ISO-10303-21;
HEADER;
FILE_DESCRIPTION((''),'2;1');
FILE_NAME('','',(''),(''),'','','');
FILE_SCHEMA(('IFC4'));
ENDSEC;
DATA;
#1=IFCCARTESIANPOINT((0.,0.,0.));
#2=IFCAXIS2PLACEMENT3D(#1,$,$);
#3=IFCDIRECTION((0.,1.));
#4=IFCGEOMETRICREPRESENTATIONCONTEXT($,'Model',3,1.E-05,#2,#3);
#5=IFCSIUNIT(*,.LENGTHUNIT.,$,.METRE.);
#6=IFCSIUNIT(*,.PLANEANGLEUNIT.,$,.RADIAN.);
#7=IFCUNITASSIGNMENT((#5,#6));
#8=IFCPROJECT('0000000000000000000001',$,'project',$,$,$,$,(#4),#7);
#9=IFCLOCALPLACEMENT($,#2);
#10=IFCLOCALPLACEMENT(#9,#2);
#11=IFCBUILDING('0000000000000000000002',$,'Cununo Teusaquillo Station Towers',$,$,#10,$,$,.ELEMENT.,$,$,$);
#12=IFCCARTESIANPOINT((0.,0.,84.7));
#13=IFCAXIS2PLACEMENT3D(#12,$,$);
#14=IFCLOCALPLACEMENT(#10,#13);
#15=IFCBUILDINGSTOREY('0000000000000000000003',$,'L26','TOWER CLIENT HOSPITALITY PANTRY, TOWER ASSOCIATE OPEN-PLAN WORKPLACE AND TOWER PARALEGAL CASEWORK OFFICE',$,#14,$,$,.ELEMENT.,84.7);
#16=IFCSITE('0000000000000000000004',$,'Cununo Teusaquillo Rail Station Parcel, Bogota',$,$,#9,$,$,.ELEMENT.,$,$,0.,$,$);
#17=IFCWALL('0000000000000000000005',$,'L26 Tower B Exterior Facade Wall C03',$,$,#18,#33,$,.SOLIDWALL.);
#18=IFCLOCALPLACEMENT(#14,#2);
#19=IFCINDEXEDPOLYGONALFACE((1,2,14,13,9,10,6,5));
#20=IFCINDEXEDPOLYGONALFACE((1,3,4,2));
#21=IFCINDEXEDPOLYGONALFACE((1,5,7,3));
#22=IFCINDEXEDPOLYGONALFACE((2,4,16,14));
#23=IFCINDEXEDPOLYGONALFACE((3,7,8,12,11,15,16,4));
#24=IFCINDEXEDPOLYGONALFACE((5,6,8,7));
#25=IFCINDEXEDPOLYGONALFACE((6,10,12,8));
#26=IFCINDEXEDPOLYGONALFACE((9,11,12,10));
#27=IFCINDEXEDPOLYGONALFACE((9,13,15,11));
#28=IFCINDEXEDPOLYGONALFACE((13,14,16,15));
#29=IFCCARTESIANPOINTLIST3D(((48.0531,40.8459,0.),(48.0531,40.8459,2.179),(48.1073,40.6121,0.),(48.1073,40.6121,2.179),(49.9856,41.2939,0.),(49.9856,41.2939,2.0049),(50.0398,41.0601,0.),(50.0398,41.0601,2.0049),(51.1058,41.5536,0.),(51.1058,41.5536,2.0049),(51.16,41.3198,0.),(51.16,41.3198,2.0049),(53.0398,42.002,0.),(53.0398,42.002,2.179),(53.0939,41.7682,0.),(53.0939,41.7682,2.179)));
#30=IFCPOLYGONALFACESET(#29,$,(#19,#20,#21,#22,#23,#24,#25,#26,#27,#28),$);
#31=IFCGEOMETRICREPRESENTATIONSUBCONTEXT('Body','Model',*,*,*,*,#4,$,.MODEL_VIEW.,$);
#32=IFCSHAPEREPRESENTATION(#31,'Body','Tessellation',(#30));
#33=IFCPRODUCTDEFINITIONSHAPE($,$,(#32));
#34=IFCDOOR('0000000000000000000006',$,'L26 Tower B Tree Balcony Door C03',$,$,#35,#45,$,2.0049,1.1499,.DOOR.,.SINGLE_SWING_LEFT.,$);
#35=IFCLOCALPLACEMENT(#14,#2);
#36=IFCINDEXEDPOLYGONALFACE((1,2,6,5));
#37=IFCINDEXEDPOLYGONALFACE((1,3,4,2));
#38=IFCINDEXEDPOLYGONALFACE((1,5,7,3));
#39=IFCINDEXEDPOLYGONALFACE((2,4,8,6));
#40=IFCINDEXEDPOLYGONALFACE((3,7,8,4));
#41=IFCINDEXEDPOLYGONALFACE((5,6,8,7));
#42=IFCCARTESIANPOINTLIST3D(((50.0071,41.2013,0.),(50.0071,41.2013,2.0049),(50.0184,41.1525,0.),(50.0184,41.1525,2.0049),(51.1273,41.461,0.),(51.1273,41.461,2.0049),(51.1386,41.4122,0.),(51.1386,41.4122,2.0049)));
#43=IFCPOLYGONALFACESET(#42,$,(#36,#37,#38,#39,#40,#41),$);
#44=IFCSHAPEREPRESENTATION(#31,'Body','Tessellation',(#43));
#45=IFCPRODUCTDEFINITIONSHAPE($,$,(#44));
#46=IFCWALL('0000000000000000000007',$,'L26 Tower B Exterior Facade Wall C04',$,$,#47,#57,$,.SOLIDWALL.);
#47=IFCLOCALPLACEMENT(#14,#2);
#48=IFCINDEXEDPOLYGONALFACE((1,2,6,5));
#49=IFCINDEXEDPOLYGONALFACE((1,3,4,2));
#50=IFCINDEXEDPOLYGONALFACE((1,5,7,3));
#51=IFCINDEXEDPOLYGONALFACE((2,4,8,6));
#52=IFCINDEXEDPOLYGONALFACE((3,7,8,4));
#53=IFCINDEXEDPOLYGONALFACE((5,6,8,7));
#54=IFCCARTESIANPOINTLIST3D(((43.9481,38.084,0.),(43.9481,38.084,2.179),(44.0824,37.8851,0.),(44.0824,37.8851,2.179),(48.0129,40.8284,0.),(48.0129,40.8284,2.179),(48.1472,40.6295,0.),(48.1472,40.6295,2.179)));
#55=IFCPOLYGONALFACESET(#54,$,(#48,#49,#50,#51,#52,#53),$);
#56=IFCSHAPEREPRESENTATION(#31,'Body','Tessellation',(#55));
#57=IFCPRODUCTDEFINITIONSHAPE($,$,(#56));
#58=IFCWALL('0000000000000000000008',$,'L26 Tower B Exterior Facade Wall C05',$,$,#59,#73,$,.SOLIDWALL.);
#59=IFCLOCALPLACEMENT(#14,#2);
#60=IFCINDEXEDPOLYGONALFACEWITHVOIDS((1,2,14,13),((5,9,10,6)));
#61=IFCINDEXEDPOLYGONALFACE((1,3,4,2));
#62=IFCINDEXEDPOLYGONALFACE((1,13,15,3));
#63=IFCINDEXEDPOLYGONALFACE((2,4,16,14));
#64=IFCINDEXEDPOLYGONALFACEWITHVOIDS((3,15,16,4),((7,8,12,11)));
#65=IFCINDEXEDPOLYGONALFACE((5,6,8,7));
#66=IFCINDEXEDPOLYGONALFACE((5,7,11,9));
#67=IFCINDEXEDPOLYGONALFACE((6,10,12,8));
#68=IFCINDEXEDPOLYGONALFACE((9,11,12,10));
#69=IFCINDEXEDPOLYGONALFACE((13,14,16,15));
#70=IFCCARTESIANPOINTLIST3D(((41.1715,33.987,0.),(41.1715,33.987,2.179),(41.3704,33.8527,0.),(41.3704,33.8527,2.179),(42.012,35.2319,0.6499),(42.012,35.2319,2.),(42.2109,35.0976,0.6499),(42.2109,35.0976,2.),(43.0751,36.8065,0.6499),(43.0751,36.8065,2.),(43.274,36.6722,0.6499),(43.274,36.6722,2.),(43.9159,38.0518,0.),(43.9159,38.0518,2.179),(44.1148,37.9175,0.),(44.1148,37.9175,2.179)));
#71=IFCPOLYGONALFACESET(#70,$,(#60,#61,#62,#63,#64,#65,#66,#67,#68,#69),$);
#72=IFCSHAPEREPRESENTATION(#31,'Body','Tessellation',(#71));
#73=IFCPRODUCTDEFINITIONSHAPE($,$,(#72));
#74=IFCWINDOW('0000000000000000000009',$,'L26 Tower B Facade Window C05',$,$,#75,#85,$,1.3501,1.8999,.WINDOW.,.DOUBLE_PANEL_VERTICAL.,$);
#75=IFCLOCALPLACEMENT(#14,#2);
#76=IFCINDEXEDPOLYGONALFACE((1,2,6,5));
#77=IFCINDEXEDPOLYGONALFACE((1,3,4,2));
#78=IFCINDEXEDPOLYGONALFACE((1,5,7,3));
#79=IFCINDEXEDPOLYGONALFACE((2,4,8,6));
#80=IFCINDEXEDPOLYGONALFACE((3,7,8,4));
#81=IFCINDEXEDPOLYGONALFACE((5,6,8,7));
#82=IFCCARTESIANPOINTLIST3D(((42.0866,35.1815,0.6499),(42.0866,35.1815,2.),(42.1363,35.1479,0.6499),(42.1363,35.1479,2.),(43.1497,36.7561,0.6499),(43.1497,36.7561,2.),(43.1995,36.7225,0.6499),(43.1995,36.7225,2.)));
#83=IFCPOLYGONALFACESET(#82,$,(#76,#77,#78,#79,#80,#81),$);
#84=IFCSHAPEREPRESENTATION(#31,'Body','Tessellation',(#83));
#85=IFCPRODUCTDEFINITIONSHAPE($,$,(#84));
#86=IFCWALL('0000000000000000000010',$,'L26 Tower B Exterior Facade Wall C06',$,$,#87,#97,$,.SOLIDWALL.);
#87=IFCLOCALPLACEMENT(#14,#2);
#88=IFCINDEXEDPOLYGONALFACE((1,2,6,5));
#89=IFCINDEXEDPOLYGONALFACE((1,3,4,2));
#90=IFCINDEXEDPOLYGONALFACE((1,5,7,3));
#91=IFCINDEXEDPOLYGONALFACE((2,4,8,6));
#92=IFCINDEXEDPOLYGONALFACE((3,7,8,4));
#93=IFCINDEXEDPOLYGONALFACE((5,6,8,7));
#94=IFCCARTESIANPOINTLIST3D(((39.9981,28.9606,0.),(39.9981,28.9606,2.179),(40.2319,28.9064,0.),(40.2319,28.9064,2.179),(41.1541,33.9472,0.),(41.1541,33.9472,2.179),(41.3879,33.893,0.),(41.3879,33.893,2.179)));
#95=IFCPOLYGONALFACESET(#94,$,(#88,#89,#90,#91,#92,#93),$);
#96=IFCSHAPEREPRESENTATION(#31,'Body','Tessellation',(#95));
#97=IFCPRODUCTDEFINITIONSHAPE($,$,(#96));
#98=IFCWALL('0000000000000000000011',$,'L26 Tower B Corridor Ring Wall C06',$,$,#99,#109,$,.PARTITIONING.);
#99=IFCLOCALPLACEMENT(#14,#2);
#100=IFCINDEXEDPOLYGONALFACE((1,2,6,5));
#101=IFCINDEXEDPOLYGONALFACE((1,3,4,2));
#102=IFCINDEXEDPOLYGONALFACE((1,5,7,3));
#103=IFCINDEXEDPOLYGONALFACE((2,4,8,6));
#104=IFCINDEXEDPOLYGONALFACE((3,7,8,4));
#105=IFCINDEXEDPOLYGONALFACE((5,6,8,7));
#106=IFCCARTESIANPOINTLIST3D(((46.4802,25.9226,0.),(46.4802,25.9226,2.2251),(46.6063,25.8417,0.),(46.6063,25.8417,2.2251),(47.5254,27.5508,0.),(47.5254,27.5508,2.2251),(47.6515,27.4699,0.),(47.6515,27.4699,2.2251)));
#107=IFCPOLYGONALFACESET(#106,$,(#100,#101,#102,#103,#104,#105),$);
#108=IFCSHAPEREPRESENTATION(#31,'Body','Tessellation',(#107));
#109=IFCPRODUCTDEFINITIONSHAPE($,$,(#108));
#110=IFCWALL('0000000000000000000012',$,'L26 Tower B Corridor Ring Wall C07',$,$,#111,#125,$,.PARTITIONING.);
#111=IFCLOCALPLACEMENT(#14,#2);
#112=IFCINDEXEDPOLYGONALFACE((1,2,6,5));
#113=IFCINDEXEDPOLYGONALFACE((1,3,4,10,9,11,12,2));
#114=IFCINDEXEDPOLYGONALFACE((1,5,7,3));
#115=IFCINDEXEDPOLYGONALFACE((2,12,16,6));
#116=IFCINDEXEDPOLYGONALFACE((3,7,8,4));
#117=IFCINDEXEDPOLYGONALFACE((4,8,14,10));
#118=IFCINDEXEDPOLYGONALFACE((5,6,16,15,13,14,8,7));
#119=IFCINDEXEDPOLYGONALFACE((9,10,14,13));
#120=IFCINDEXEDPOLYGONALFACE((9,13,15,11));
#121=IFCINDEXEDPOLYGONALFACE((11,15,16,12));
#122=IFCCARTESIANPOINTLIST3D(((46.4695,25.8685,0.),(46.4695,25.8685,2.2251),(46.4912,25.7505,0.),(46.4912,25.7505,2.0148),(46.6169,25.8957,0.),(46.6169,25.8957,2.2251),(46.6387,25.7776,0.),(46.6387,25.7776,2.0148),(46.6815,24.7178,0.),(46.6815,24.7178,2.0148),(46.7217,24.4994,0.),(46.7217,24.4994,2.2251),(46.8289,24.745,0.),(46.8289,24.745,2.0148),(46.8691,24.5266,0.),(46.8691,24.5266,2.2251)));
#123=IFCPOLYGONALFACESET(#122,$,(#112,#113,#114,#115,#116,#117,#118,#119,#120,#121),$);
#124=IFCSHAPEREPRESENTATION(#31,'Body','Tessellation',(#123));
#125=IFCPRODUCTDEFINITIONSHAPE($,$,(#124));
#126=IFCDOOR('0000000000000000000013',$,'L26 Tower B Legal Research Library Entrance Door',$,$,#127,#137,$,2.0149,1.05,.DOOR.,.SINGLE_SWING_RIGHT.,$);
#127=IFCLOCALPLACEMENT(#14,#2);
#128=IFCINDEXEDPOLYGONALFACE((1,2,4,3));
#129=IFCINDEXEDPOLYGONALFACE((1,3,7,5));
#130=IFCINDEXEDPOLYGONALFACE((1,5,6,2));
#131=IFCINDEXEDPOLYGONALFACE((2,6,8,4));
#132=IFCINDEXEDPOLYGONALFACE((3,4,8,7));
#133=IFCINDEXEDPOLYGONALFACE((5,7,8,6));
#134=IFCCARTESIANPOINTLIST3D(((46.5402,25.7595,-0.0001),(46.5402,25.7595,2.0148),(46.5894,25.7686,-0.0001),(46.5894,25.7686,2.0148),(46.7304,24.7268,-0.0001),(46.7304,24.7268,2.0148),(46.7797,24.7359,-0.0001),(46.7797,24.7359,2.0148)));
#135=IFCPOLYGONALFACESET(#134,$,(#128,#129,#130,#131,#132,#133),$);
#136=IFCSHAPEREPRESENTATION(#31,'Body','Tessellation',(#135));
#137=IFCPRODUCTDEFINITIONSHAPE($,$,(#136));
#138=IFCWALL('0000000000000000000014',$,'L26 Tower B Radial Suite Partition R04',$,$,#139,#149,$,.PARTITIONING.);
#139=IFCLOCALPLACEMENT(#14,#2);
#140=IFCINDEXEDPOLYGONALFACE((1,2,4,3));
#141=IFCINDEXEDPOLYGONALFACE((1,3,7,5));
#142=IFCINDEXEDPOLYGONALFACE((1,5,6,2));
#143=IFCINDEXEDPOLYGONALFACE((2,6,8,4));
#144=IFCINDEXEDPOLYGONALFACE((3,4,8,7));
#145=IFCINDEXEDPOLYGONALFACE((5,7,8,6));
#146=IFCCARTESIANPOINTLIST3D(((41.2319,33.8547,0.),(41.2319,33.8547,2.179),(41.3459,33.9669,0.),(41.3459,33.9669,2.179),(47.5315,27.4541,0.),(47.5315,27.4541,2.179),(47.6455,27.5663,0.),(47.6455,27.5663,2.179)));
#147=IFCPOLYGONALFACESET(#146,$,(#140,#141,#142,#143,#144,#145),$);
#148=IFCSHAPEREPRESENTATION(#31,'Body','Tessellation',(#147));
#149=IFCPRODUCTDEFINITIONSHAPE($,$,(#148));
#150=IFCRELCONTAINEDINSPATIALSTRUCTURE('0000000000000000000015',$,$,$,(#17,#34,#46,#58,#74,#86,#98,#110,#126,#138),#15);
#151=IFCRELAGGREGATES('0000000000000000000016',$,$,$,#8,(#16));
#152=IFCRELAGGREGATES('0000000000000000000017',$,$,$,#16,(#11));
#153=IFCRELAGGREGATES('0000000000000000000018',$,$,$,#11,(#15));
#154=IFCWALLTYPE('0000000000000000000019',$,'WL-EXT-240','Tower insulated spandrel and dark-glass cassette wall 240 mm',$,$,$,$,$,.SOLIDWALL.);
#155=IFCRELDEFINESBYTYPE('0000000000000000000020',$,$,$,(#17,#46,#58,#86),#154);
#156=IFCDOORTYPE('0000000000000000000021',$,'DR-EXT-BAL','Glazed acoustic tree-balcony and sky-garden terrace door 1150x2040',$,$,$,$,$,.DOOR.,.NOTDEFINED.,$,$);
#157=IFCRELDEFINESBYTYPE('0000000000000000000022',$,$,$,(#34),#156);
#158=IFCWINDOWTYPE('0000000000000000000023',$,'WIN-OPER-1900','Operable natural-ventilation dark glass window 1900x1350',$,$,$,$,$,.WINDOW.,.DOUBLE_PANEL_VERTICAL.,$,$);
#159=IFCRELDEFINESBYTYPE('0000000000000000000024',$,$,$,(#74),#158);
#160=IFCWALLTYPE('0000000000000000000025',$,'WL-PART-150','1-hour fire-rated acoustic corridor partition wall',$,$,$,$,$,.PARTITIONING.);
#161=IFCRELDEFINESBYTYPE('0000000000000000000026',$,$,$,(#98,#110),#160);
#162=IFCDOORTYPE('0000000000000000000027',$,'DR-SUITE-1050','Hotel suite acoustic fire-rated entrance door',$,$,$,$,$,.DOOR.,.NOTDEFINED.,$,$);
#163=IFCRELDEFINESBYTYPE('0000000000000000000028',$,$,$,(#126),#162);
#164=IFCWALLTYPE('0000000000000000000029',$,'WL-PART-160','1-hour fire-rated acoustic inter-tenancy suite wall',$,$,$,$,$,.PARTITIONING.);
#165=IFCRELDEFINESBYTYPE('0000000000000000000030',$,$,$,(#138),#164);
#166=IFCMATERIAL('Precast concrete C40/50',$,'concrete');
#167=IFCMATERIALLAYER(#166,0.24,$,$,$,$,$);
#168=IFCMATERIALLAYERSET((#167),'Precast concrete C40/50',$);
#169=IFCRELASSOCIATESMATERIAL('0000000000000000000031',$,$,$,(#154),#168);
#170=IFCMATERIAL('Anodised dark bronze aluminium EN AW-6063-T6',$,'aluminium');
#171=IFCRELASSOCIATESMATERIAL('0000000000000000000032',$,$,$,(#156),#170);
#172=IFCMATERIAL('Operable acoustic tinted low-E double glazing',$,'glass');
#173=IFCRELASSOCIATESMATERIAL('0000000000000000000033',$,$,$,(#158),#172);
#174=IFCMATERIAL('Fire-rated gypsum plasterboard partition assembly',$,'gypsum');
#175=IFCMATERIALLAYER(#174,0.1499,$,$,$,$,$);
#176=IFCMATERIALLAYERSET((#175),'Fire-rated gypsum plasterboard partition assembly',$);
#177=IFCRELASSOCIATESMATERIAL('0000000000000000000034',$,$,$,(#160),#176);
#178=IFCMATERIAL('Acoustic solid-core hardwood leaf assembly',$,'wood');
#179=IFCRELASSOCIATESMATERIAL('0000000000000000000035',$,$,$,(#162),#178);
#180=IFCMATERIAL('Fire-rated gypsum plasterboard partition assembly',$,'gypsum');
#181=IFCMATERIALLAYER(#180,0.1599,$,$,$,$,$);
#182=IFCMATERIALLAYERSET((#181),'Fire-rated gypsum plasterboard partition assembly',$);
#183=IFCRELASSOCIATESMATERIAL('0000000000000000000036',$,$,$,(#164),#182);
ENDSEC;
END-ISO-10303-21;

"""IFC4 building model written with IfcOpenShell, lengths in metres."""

from ifc_helpers import new_model, si_unit, direction, frame, frame_2d, origin, place, context, subcontext, project, spatial, rectangle, extrude, source, transform, mapped, material, layer, layer_set, type_object, element, fill, save


model = new_model("IFC4")

# Units and contexts
model_context = context("Model", 3, precision=1e-05, world=origin(), true_north=direction((0.0, 1.0)))
body_context = subcontext(model_context, "Body", "Model", "MODEL_VIEW")
ifc_project = project(units=[si_unit("LENGTHUNIT", "METRE"), si_unit("PLANEANGLEUNIT", "RADIAN")], contexts=[model_context])

# Site, building, storey
site_placement = place(None, origin())
site = spatial("IfcSite", under=ifc_project, at=site_placement, Name="Cununo Teusaquillo Rail Station Parcel, Bogota", CompositionType="ELEMENT", RefElevation=0.0)
building_placement = place(site_placement, origin())
building = spatial("IfcBuilding", under=site, at=building_placement, Name="Cununo Teusaquillo Station Towers", CompositionType="ELEMENT")
storey_placement = place(building_placement, frame((0.0, 0.0, 84.7)))
storey = spatial("IfcBuildingStorey", under=building, at=storey_placement, Name="L26", Description="TOWER CLIENT HOSPITALITY PANTRY, TOWER ASSOCIATE OPEN-PLAN WORKPLACE AND TOWER PARALEGAL CASEWORK OFFICE", CompositionType="ELEMENT", Elevation=84.7)

# Wall, opening, door
ifc_material_1 = material(Name="Precast concrete C40/50", Category="concrete")
ifc_layer_1 = layer(ifc_material_1, 0.24)
ifc_layer_set_1 = layer_set([ifc_layer_1], Name="Precast concrete C40/50")
wall_type_1 = type_object("IfcWallType", Name="WL-EXT-240", Description="Tower insulated spandrel and dark-glass cassette wall 240 mm", PredefinedType="SOLIDWALL", material=ifc_layer_set_1)
wall_1_placement = place(storey_placement, frame((48.0801, 40.729, 0.0), z_axis=(0.0, 0.0, 1.0), x_axis=(0.974166, 0.225835, 0.0)))
wall_1 = element("IfcWall", 1, at=wall_1_placement, inside=storey, type_object=wall_type_1, Name="L26 Tower B Exterior Facade Wall C03", PredefinedType="SOLIDWALL", context=body_context, shape_type="SweptSolid", body=[
    extrude(rectangle(XDim=5.1189, YDim=0.24, at=frame_2d((2.5596, 0.0))), origin(), (0.0, 0.0, 1.0), 2.179),
])
shared_shape_1 = source(origin(), body_context, "Body", "SweptSolid", [
    extrude(rectangle(XDim=1.1499, YDim=2.0049, at=frame_2d((0.575, 1.0024))), frame((0.0, 0.1299, 0.0), z_axis=(0.0, -1.0, 0.0), x_axis=(1.0, 0.0, 0.0)), (0.0, 0.0, 1.0), 0.26),
])
opening_1_placement = place(wall_1_placement, frame((1.9839, 0.0, 0.0)))
opening_1 = element("IfcOpeningElement", 2, at=opening_1_placement, cuts=wall_1, PredefinedType="OPENING", context=body_context, shape_type="MappedRepresentation", body=[
    mapped(shared_shape_1, transform((0.0, 0.0, 0.0), x_axis=(1.0, 0.0, 0.0), y_axis=(0.0, 1.0, 0.0), z_axis=(0.0, 0.0, 1.0), scale=1.0)),
])
ifc_material_2 = material(Name="Anodised dark bronze aluminium EN AW-6063-T6", Category="aluminium")
door_type_1 = type_object("IfcDoorType", Name="DR-EXT-BAL", Description="Glazed acoustic tree-balcony and sky-garden terrace door 1150x2040", OperationType="NOTDEFINED", PredefinedType="DOOR", material=ifc_material_2)
shared_shape_2 = source(origin(), body_context, "Body", "SweptSolid", [
    extrude(rectangle(XDim=1.1499, YDim=2.0049, at=frame_2d((0.575, 1.0024))), frame((0.0, 0.0249, 0.0), z_axis=(0.0, -1.0, 0.0), x_axis=(1.0, 0.0, 0.0)), (0.0, 0.0, 1.0), 0.05),
])
door_1_placement = place(opening_1_placement, origin())
door_1 = element("IfcDoor", 3, at=door_1_placement, inside=storey, type_object=door_type_1, Name="L26 Tower B Tree Balcony Door C03", OperationType="SINGLE_SWING_LEFT", OverallHeight=2.0049, OverallWidth=1.1499, PredefinedType="DOOR", context=body_context, shape_type="MappedRepresentation", body=[
    mapped(shared_shape_2, transform((0.0, 0.0, 0.0), x_axis=(1.0, 0.0, 0.0), y_axis=(0.0, 1.0, 0.0), z_axis=(0.0, 0.0, 1.0), scale=1.0)),
])
fill(opening_1, door_1)

# Wall
wall_2_placement = place(storey_placement, frame((44.0154, 37.9846, 0.0), z_axis=(0.0, 0.0, 1.0), x_axis=(0.828781, 0.559573, 0.0)))
element("IfcWall", 4, at=wall_2_placement, inside=storey, type_object=wall_type_1, Name="L26 Tower B Exterior Facade Wall C04", PredefinedType="SOLIDWALL", context=body_context, shape_type="SweptSolid", body=[
    extrude(rectangle(XDim=4.9045, YDim=0.24, at=frame_2d((2.4521, 0.0))), origin(), (0.0, 0.0, 1.0), 2.179),
])

# Wall, opening, window
wall_3_placement = place(storey_placement, frame((41.271, 33.9199, 0.0), z_axis=(0.0, 0.0, 1.0), x_axis=(0.559573, 0.828781, 0.0)))
wall_3 = element("IfcWall", 5, at=wall_3_placement, inside=storey, type_object=wall_type_1, Name="L26 Tower B Exterior Facade Wall C05", PredefinedType="SOLIDWALL", context=body_context, shape_type="SweptSolid", body=[
    extrude(rectangle(XDim=4.9045, YDim=0.24, at=frame_2d((2.4521, 0.0))), origin(), (0.0, 0.0, 1.0), 2.179),
])
shared_shape_3 = source(origin(), body_context, "Body", "SweptSolid", [
    extrude(rectangle(XDim=1.8999, YDim=1.3501, at=frame_2d((0.95, 0.675))), frame((0.0, 0.1299, 0.0), z_axis=(0.0, -1.0, 0.0), x_axis=(1.0, 0.0, 0.0)), (0.0, 0.0, 1.0), 0.26),
])
opening_2_placement = place(wall_3_placement, frame((1.502, 0.0, 0.6499)))
opening_2 = element("IfcOpeningElement", 6, at=opening_2_placement, cuts=wall_3, PredefinedType="OPENING", context=body_context, shape_type="MappedRepresentation", body=[
    mapped(shared_shape_3, transform((0.0, 0.0, 0.0), x_axis=(1.0, 0.0, 0.0), y_axis=(0.0, 1.0, 0.0), z_axis=(0.0, 0.0, 1.0), scale=1.0)),
])
ifc_material_3 = material(Name="Operable acoustic tinted low-E double glazing", Category="glass")
window_type = type_object("IfcWindowType", Name="WIN-OPER-1900", Description="Operable natural-ventilation dark glass window 1900x1350", PartitioningType="DOUBLE_PANEL_VERTICAL", PredefinedType="WINDOW", material=ifc_material_3)
shared_shape_4 = source(origin(), body_context, "Body", "SweptSolid", [
    extrude(rectangle(XDim=1.8999, YDim=1.3501, at=frame_2d((0.95, 0.675))), frame((0.0, 0.03, 0.0), z_axis=(0.0, -1.0, 0.0), x_axis=(1.0, 0.0, 0.0)), (0.0, 0.0, 1.0), 0.0601),
])
window_placement = place(opening_2_placement, origin())
window = element("IfcWindow", 7, at=window_placement, inside=storey, type_object=window_type, Name="L26 Tower B Facade Window C05", OverallHeight=1.3501, OverallWidth=1.8999, PartitioningType="DOUBLE_PANEL_VERTICAL", PredefinedType="WINDOW", context=body_context, shape_type="MappedRepresentation", body=[
    mapped(shared_shape_4, transform((0.0, 0.0, 0.0), x_axis=(1.0, 0.0, 0.0), y_axis=(0.0, 1.0, 0.0), z_axis=(0.0, 0.0, 1.0), scale=1.0)),
])
fill(opening_2, window)

# Walls
wall_4_placement = place(storey_placement, frame((40.115, 28.9333, 0.0), z_axis=(0.0, 0.0, 1.0), x_axis=(0.225835, 0.974166, 0.0)))
element("IfcWall", 8, at=wall_4_placement, inside=storey, type_object=wall_type_1, Name="L26 Tower B Exterior Facade Wall C06", PredefinedType="SOLIDWALL", context=body_context, shape_type="SweptSolid", body=[
    extrude(rectangle(XDim=5.1189, YDim=0.24, at=frame_2d((2.5596, 0.0))), origin(), (0.0, 0.0, 1.0), 2.179),
])
ifc_material_4 = material(Name="Fire-rated gypsum plasterboard partition assembly", Category="gypsum")
ifc_layer_2 = layer(ifc_material_4, 0.1499)
ifc_layer_set_2 = layer_set([ifc_layer_2], Name="Fire-rated gypsum plasterboard partition assembly")
wall_type_2 = type_object("IfcWallType", Name="WL-PART-150", Description="1-hour fire-rated acoustic corridor partition wall", PredefinedType="PARTITIONING", material=ifc_layer_set_2)
wall_5_placement = place(storey_placement, frame((47.5884, 27.5103, 0.0), z_axis=(0.0, 0.0, 1.0), x_axis=(-0.540203, -0.841535, 0.0)))
element("IfcWall", 9, at=wall_5_placement, inside=storey, type_object=wall_type_2, Name="L26 Tower B Corridor Ring Wall C06", PredefinedType="PARTITIONING", context=body_context, shape_type="SweptSolid", body=[
    extrude(rectangle(XDim=1.9348, YDim=0.1499, at=frame_2d((0.9673, 0.0))), origin(), (0.0, 0.0, 1.0), 2.2251),
])

# Wall, opening, door
wall_6_placement = place(storey_placement, frame((46.5432, 25.8821, 0.0), z_axis=(0.0, 0.0, 1.0), x_axis=(0.181154, -0.983455, 0.0)))
wall_6 = element("IfcWall", 10, at=wall_6_placement, inside=storey, type_object=wall_type_2, Name="L26 Tower B Corridor Ring Wall C07", PredefinedType="PARTITIONING", context=body_context, shape_type="SweptSolid", body=[
    extrude(rectangle(XDim=1.3921, YDim=0.1499, at=frame_2d((0.696, 0.0))), origin(), (0.0, 0.0, 1.0), 2.2251),
])
shared_shape_5 = source(origin(), body_context, "Body", "SweptSolid", [
    extrude(rectangle(XDim=1.05, YDim=2.0149, at=frame_2d((0.5249, 1.0073))), frame((0.0, 0.085, 0.0), z_axis=(0.0, -1.0, 0.0), x_axis=(1.0, 0.0, 0.0)), (0.0, 0.0, 1.0), 0.1699),
])
opening_3_placement = place(wall_6_placement, frame((0.1201, 0.0, 0.0)))
opening_3 = element("IfcOpeningElement", 11, at=opening_3_placement, cuts=wall_6, PredefinedType="OPENING", context=body_context, shape_type="MappedRepresentation", body=[
    mapped(shared_shape_5, transform((0.0, 0.0, 0.0), x_axis=(1.0, 0.0, 0.0), y_axis=(0.0, 1.0, 0.0), z_axis=(0.0, 0.0, 1.0), scale=1.0)),
])
ifc_material_5 = material(Name="Acoustic solid-core hardwood leaf assembly", Category="wood")
door_type_2 = type_object("IfcDoorType", Name="DR-SUITE-1050", Description="Hotel suite acoustic fire-rated entrance door", OperationType="NOTDEFINED", PredefinedType="DOOR", material=ifc_material_5)
shared_shape_6 = source(origin(), body_context, "Body", "SweptSolid", [
    extrude(rectangle(XDim=1.05, YDim=2.0149, at=frame_2d((0.5249, 1.0073))), frame((0.0, 0.0249, 0.0), z_axis=(0.0, -1.0, 0.0), x_axis=(1.0, 0.0, 0.0)), (0.0, 0.0, 1.0), 0.05),
])
door_2_placement = place(opening_3_placement, origin())
door_2 = element("IfcDoor", 12, at=door_2_placement, inside=storey, type_object=door_type_2, Name="L26 Tower B Legal Research Library Entrance Door", OperationType="SINGLE_SWING_RIGHT", OverallHeight=2.0149, OverallWidth=1.05, PredefinedType="DOOR", context=body_context, shape_type="MappedRepresentation", body=[
    mapped(shared_shape_6, transform((0.0, 0.0, 0.0), x_axis=(1.0, 0.0, 0.0), y_axis=(0.0, 1.0, 0.0), z_axis=(0.0, 0.0, 1.0), scale=1.0)),
])
fill(opening_3, door_2)

# Wall
ifc_material_6 = material(Name="Fire-rated gypsum plasterboard partition assembly", Category="gypsum")
ifc_layer_3 = layer(ifc_material_6, 0.1599)
ifc_layer_set_3 = layer_set([ifc_layer_3], Name="Fire-rated gypsum plasterboard partition assembly")
wall_type_3 = type_object("IfcWallType", Name="WL-PART-160", Description="1-hour fire-rated acoustic inter-tenancy suite wall", PredefinedType="PARTITIONING", material=ifc_layer_set_3)
wall_7_placement = place(storey_placement, frame((47.5884, 27.5103, 0.0), z_axis=(0.0, 0.0, 1.0), x_axis=(-0.701457, 0.712712, 0.0)))
element("IfcWall", 13, at=wall_7_placement, inside=storey, type_object=wall_type_3, Name="L26 Tower B Radial Suite Partition R04", PredefinedType="PARTITIONING", context=body_context, shape_type="SweptSolid", body=[
    extrude(rectangle(XDim=8.9807, YDim=0.1599, at=frame_2d((4.4902, 0.0))), origin(), (0.0, 0.0, 1.0), 2.179),
])

save(model, "model.ifc")
